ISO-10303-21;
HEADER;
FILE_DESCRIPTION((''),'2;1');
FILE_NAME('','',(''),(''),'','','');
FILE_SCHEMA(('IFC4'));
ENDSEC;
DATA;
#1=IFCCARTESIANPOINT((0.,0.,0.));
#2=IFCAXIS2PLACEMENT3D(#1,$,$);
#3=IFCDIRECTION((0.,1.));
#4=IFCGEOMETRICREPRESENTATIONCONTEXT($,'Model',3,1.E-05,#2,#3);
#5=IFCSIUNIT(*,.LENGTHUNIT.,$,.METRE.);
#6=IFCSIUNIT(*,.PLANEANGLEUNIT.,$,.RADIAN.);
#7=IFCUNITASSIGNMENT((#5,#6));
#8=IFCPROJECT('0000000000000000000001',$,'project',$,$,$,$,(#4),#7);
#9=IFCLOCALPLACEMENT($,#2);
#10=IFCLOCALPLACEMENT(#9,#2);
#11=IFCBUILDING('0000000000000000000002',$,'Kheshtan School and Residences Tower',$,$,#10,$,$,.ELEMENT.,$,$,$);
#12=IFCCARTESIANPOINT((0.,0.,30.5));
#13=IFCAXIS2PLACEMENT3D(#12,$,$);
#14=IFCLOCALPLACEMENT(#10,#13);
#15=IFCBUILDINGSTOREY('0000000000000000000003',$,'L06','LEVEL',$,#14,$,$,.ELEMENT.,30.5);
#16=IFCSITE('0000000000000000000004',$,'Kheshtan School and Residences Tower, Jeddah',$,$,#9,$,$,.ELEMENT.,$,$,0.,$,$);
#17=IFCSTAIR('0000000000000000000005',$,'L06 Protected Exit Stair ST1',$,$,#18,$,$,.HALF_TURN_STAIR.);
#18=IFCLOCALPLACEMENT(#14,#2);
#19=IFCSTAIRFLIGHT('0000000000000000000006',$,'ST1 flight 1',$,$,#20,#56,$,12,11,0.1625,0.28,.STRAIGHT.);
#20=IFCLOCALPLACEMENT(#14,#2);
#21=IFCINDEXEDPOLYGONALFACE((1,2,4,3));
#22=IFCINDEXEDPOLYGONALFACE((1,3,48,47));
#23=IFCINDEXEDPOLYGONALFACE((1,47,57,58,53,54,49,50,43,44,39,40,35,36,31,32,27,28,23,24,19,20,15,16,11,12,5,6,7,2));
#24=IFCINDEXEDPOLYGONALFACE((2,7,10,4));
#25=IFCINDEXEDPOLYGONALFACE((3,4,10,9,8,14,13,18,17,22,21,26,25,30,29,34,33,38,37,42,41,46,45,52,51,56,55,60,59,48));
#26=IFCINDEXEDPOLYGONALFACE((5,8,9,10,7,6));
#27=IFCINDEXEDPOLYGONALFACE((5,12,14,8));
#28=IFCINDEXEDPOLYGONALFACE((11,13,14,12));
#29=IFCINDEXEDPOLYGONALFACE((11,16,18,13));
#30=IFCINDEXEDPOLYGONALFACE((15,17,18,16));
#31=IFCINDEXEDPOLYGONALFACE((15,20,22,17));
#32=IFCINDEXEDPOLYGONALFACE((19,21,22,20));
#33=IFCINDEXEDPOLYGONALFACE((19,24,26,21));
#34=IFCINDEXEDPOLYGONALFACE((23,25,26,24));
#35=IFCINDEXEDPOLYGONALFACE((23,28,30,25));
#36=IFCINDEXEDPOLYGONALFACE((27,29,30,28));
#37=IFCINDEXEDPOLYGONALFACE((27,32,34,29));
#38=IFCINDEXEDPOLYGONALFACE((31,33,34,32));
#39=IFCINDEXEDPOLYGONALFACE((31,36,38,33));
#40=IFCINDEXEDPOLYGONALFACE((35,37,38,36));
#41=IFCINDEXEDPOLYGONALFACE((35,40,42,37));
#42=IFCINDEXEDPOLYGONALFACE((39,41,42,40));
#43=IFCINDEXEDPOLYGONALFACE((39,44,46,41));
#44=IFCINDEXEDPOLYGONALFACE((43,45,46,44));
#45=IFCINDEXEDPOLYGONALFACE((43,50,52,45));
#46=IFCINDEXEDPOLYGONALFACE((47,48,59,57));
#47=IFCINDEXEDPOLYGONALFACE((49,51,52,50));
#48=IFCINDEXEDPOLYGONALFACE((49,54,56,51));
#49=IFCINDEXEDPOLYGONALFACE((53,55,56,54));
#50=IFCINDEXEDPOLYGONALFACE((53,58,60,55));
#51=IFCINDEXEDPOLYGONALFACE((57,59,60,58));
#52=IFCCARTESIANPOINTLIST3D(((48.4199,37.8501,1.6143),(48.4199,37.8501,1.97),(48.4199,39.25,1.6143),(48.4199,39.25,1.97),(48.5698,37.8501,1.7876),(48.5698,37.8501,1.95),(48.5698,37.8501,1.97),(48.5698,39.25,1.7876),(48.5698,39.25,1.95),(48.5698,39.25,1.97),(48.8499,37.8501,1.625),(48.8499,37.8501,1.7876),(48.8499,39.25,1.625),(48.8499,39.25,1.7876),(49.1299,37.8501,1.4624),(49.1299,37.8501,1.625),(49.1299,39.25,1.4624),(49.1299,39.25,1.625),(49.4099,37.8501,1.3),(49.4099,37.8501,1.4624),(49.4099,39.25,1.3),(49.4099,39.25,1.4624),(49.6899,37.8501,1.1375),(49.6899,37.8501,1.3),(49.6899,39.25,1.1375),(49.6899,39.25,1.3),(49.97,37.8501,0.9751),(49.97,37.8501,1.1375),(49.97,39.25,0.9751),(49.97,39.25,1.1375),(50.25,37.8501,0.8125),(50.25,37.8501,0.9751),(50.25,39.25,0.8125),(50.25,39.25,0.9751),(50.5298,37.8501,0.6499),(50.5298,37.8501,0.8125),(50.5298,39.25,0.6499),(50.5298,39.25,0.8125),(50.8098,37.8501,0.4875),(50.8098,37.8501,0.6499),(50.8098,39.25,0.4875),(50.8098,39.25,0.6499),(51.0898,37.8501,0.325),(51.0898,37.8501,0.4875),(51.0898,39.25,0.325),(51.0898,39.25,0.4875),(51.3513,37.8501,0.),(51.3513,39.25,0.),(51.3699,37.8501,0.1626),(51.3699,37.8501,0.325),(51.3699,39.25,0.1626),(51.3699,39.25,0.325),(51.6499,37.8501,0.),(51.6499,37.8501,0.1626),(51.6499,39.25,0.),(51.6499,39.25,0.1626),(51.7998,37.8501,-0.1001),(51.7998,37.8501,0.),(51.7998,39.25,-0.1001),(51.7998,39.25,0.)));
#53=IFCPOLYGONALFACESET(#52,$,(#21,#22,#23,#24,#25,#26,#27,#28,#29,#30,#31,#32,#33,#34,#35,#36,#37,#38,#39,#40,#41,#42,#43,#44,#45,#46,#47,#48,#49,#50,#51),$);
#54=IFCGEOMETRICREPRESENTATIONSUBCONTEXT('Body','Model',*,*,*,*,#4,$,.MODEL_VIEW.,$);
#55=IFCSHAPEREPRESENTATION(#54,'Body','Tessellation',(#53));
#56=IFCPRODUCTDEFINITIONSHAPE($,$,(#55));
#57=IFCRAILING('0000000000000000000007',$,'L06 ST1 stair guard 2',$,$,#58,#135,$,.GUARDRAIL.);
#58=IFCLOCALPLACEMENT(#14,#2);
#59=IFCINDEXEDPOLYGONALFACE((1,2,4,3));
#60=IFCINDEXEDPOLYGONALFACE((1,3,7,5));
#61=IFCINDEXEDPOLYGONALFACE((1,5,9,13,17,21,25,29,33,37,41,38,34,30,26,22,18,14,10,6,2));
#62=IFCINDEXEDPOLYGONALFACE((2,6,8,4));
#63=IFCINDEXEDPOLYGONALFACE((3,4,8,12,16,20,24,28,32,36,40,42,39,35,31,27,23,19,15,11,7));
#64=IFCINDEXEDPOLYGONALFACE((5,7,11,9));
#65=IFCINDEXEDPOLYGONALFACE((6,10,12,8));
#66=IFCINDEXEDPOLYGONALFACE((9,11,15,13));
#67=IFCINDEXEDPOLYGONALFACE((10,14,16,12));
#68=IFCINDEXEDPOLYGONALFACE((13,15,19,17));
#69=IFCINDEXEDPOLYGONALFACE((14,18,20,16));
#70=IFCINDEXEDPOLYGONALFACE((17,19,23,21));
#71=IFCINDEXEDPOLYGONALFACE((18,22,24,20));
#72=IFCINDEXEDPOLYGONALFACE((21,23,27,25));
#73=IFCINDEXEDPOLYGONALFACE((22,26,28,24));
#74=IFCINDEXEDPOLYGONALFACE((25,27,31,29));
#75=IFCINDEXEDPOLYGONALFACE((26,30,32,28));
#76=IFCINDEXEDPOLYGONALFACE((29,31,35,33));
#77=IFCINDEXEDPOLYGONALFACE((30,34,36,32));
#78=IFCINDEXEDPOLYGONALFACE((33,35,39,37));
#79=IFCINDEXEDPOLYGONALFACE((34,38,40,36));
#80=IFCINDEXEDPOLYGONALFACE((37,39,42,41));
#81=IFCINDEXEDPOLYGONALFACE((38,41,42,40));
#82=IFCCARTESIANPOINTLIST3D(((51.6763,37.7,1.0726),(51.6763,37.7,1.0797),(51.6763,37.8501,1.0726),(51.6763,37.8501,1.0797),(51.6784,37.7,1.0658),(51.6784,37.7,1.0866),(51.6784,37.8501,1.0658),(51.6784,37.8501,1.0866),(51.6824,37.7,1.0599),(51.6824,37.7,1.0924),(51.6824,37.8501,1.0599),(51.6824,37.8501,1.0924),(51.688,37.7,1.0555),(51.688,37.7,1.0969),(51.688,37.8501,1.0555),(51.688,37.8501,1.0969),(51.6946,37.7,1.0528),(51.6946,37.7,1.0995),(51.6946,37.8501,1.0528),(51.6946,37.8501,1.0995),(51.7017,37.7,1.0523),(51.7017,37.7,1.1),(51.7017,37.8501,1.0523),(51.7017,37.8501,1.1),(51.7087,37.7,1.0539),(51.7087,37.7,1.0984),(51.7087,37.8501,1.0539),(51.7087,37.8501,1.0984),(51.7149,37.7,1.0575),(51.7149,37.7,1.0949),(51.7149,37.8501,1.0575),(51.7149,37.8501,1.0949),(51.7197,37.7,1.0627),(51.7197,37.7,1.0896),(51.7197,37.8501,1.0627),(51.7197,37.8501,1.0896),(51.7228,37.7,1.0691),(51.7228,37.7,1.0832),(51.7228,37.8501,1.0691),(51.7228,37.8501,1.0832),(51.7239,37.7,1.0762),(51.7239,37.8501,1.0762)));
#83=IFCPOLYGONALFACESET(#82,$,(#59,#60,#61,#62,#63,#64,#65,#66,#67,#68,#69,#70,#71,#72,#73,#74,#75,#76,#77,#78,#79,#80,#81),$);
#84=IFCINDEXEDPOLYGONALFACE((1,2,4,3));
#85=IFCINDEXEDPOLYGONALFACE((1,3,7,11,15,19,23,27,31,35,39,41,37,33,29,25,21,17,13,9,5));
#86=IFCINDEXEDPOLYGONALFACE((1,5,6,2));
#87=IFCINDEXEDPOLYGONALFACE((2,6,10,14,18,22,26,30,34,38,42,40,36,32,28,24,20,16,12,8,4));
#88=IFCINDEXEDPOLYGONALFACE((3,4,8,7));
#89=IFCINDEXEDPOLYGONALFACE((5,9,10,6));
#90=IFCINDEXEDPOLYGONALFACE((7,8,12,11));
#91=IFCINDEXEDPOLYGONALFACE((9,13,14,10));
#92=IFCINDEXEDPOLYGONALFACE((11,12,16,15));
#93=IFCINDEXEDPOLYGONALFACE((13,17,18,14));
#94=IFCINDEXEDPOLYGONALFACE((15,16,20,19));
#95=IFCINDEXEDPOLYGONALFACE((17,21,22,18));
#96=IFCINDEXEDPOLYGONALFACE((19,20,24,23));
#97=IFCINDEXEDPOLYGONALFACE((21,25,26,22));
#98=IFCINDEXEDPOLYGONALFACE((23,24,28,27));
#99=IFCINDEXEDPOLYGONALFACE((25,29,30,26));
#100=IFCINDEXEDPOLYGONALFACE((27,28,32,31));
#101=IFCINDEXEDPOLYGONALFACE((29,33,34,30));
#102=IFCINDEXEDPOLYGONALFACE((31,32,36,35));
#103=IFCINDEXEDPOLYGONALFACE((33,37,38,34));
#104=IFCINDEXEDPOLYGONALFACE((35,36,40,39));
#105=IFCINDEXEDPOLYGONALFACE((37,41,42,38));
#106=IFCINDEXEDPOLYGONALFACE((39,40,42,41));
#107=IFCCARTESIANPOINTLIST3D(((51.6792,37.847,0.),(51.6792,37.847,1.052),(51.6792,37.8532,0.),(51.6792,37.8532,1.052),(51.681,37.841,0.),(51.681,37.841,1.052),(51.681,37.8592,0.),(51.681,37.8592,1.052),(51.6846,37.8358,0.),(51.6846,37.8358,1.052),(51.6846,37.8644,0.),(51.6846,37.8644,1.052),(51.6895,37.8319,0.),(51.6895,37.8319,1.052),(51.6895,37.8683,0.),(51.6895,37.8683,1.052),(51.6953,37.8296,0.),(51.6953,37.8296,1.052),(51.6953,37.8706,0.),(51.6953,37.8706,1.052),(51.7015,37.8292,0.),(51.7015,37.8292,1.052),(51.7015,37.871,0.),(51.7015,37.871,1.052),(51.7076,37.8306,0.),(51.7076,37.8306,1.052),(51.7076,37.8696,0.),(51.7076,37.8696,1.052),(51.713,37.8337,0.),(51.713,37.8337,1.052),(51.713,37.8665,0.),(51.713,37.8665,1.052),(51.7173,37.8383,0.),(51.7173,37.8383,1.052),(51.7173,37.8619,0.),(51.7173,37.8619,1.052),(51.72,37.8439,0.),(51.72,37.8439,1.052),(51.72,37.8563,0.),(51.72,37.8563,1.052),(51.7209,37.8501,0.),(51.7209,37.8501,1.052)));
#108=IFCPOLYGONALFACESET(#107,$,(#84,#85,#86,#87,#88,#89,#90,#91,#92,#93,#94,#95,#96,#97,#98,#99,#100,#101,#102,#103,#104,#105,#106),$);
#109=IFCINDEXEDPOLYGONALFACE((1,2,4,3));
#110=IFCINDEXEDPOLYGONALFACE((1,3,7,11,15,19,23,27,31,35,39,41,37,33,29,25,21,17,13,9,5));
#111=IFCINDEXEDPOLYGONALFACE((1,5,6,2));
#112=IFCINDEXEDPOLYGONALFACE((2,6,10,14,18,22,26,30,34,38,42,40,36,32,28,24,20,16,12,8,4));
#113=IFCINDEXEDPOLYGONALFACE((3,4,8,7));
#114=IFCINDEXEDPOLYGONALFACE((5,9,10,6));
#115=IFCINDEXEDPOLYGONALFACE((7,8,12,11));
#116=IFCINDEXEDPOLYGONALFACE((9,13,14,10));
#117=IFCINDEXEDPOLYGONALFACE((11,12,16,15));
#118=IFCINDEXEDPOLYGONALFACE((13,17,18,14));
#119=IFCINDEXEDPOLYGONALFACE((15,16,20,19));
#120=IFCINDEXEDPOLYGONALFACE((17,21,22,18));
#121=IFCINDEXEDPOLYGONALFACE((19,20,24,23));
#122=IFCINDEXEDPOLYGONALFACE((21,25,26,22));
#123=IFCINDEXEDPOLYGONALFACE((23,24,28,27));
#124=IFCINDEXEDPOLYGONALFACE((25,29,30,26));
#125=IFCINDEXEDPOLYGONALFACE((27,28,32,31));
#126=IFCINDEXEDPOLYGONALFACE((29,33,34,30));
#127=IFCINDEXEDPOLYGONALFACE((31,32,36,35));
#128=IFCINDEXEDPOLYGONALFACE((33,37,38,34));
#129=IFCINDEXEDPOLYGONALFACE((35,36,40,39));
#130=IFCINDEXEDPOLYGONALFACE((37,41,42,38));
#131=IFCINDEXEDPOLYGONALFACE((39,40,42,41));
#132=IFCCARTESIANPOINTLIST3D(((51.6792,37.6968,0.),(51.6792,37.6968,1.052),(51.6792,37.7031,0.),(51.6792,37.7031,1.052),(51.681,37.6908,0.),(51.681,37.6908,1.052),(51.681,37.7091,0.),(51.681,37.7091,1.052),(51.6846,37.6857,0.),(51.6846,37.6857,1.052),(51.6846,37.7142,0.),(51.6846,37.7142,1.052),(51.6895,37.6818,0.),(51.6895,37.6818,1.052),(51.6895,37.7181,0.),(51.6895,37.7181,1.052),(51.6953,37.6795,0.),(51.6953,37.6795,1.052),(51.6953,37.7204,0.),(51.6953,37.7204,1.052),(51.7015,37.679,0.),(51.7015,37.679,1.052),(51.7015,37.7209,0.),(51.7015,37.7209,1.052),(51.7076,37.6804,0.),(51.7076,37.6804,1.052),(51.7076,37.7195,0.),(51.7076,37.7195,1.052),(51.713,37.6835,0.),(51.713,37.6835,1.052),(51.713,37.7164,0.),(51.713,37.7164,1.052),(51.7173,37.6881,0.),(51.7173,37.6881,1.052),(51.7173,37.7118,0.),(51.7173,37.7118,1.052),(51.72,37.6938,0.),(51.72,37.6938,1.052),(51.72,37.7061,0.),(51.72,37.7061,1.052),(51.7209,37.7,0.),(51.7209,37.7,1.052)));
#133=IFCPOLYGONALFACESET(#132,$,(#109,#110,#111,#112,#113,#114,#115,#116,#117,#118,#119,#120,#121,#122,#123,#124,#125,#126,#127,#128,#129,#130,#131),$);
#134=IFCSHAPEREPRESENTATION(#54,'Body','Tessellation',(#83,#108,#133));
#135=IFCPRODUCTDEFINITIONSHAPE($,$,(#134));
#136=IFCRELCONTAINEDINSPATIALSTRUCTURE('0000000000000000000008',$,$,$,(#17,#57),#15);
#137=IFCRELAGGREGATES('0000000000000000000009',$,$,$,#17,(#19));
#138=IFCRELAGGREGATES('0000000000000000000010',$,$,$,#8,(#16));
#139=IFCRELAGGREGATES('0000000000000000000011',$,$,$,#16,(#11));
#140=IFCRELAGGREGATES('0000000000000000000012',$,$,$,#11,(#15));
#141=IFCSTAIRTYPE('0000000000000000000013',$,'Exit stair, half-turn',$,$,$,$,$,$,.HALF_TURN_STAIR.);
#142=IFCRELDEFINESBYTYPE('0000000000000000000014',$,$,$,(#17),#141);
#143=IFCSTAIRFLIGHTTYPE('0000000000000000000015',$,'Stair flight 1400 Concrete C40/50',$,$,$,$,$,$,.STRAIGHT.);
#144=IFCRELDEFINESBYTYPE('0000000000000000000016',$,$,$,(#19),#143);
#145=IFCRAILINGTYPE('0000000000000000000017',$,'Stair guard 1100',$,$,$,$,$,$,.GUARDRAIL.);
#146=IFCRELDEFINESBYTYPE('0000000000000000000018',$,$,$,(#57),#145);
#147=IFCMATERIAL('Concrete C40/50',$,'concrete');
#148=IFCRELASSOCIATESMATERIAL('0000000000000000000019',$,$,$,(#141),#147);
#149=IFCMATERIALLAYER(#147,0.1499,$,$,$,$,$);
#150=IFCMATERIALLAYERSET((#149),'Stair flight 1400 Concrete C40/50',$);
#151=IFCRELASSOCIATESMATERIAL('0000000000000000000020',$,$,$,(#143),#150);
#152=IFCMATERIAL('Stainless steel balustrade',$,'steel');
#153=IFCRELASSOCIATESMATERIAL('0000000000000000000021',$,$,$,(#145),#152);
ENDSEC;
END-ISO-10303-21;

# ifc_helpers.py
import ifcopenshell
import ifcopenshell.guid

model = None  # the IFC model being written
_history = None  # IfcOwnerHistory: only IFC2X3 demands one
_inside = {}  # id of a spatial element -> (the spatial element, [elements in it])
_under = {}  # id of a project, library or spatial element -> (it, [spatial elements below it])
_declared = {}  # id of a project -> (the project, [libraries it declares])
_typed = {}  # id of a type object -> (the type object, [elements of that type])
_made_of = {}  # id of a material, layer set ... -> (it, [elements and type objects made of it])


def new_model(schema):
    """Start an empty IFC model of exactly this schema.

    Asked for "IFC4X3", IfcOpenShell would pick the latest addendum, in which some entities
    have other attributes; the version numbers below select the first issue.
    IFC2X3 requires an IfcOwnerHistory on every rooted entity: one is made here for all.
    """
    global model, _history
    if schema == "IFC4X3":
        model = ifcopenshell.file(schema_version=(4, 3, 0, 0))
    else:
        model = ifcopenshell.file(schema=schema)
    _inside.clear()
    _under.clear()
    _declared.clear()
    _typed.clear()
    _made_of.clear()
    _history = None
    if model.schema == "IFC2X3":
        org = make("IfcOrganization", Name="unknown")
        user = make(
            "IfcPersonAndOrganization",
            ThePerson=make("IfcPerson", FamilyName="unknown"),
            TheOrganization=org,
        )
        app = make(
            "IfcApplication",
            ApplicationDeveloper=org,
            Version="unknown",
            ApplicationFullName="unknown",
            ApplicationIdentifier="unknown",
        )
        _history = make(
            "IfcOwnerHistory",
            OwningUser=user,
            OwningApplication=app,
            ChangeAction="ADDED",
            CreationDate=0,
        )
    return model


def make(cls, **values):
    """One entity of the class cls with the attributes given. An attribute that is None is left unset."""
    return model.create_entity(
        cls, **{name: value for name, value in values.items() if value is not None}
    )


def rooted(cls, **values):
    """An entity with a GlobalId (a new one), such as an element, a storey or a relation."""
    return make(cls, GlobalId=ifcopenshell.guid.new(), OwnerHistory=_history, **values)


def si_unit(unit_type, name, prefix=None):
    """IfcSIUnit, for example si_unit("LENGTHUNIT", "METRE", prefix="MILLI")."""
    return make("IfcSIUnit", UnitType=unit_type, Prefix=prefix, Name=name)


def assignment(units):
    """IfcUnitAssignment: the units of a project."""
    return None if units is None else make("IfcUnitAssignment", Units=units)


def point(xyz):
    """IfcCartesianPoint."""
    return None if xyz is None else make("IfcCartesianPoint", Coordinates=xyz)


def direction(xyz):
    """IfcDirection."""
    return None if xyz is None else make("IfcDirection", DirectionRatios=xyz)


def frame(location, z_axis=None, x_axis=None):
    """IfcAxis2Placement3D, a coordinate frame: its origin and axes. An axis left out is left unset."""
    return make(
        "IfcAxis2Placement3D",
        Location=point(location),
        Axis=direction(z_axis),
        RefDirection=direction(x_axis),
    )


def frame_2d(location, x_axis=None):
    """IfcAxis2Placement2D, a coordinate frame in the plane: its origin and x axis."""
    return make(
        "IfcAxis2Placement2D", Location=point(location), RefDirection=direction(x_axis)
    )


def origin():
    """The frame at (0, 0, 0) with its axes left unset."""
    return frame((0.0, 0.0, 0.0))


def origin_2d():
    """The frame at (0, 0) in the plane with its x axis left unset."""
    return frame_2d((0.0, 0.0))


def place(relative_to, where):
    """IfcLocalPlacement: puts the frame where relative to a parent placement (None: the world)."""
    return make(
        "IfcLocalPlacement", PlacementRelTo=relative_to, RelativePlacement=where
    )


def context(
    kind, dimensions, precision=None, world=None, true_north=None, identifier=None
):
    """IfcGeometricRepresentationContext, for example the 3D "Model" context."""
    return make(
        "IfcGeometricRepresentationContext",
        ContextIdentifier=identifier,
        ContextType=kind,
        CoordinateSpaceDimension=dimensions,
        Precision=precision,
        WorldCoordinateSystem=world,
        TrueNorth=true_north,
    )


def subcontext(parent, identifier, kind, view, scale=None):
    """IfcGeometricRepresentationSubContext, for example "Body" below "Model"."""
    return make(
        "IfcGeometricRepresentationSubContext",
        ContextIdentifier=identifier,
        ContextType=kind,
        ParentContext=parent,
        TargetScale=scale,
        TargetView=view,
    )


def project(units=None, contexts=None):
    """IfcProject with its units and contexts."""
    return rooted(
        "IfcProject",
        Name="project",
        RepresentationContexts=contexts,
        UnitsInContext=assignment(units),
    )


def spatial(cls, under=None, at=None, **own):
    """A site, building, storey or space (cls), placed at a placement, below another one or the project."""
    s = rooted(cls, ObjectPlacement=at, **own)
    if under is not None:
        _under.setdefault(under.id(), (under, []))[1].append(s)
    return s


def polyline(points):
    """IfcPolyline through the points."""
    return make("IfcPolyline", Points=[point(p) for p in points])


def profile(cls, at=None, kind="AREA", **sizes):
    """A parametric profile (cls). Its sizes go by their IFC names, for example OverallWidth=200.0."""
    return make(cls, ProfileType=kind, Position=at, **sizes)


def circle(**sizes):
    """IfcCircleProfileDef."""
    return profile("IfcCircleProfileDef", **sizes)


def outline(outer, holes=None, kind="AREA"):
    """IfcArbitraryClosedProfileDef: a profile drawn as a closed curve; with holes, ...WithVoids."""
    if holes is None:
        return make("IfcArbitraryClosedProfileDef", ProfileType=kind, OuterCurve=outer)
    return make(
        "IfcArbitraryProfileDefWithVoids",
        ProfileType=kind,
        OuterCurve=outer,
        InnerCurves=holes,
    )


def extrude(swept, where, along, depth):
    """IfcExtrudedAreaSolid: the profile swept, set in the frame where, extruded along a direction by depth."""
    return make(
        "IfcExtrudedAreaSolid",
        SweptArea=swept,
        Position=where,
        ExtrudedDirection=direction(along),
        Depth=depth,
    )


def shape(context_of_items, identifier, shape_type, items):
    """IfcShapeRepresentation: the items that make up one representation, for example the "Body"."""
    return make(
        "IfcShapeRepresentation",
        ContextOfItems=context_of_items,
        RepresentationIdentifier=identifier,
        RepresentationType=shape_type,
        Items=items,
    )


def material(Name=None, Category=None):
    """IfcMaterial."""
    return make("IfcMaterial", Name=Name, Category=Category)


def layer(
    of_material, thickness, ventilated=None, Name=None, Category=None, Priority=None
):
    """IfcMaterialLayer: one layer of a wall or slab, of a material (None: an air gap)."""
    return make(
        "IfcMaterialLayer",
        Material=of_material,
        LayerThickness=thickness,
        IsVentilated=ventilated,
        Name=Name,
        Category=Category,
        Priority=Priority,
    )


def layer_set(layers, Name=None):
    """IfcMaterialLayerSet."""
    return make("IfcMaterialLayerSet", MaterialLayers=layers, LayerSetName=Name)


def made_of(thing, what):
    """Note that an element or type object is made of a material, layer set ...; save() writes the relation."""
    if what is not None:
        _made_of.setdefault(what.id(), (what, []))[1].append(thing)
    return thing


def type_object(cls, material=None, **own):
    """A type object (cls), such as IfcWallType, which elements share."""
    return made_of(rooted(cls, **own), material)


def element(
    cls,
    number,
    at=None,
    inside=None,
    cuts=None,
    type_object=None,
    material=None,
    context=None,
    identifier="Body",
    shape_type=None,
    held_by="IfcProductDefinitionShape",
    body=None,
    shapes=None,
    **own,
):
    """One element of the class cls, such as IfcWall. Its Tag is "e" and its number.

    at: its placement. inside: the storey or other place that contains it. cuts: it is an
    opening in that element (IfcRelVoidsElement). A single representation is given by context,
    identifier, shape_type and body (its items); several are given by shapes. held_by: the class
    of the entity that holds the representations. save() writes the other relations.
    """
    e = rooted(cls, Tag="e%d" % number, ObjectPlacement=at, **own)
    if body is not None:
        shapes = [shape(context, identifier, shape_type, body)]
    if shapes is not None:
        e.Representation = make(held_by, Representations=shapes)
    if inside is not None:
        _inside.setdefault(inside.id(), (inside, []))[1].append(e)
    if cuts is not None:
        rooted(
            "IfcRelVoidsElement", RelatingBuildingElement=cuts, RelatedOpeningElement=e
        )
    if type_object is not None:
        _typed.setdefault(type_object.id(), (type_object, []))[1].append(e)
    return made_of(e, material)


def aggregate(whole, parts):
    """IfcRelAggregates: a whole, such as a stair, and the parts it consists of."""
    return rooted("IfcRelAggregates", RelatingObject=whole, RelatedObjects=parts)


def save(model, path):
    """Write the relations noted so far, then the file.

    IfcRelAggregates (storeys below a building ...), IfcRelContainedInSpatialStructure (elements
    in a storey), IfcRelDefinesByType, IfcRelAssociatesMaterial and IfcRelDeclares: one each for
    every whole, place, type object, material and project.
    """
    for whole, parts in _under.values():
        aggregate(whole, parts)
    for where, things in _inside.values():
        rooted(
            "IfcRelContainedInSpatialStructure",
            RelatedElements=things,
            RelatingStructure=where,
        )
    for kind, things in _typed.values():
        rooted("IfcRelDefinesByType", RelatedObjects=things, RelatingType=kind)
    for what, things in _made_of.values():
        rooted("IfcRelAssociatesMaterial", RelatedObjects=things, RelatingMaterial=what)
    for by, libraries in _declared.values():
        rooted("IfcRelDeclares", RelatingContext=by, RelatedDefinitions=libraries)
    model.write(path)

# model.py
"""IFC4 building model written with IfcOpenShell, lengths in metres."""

from ifc_helpers import new_model, si_unit, direction, frame, origin, origin_2d, place, context, subcontext, project, spatial, polyline, circle, outline, extrude, material, layer, layer_set, type_object, element, aggregate, save


model = new_model("IFC4")

# Units and contexts
model_context = context("Model", 3, precision=1e-05, world=origin(), true_north=direction((0.0, 1.0)))
body_context = subcontext(model_context, "Body", "Model", "MODEL_VIEW")
ifc_project = project(units=[si_unit("LENGTHUNIT", "METRE"), si_unit("PLANEANGLEUNIT", "RADIAN")], contexts=[model_context])

# Site, building, storey
site_placement = place(None, origin())
site = spatial("IfcSite", under=ifc_project, at=site_placement, Name="Kheshtan School and Residences Tower, Jeddah", CompositionType="ELEMENT", RefElevation=0.0)
building_placement = place(site_placement, origin())
building = spatial("IfcBuilding", under=site, at=building_placement, Name="Kheshtan School and Residences Tower", CompositionType="ELEMENT")
storey_placement = place(building_placement, frame((0.0, 0.0, 30.5)))
storey = spatial("IfcBuildingStorey", under=building, at=storey_placement, Name="L06", Description="LEVEL", CompositionType="ELEMENT", Elevation=30.5)

# Shared definitions
ifc_material_1 = material(Name="Concrete C40/50", Category="concrete")

# Stair, stair flight
stair_type = type_object("IfcStairType", Name="Exit stair, half-turn", PredefinedType="HALF_TURN_STAIR", material=ifc_material_1)
stair_placement = place(storey_placement, origin())
stair = element("IfcStair", 1, at=stair_placement, inside=storey, type_object=stair_type, Name="L06 Protected Exit Stair ST1", PredefinedType="HALF_TURN_STAIR")
ifc_layer_1 = layer(ifc_material_1, 0.1499)
ifc_layer_set_1 = layer_set([ifc_layer_1], Name="Stair flight 1400 Concrete C40/50")
stair_flight_type = type_object("IfcStairFlightType", Name="Stair flight 1400 Concrete C40/50", PredefinedType="STRAIGHT", material=ifc_layer_set_1)
stair_flight_placement = place(storey_placement, frame((51.6499, 38.55, 0.0), z_axis=(0.0, 0.0, 1.0), x_axis=(-1.0, 0.0, 0.0)))
stair_flight = element("IfcStairFlight", 2, at=stair_flight_placement, type_object=stair_flight_type, Name="ST1 flight 1", NumberOfRisers=12, NumberOfTreads=11, PredefinedType="STRAIGHT", RiserHeight=0.1625, TreadLength=0.28, context=body_context, shape_type="SweptSolid", body=[
    extrude(outline(polyline([(-0.1499, -0.1001), (-0.1499, 0.0), (0.0, 0.0), (0.0, 0.1626), (0.28, 0.1626), (0.28, 0.325), (0.5601, 0.325), (0.5601, 0.4875), (0.8401, 0.4875), (0.8401, 0.6499), (1.1201, 0.6499), (1.1201, 0.8125), (1.3999, 0.8125), (1.3999, 0.9751), (1.6799, 0.9751), (1.6799, 1.1375), (1.96, 1.1375), (1.96, 1.3), (2.24, 1.3), (2.24, 1.4624), (2.52, 1.4624), (2.52, 1.625), (2.8, 1.625), (2.8, 1.7876), (3.0801, 1.7876), (3.0801, 1.95), (3.0801, 1.97), (3.23, 1.97), (3.23, 1.6143), (0.2986, 0.0), (-0.1499, -0.1001)])), frame((0.0, 0.7, 0.0), z_axis=(0.0, -1.0, 0.0), x_axis=(1.0, 0.0, 0.0)), (0.0, 0.0, 1.0), 1.3999),
])
aggregate(stair, [stair_flight])

# Railing
ifc_material_2 = material(Name="Stainless steel balustrade", Category="steel")
railing_type_1 = type_object("IfcRailingType", Name="Stair guard 1100", PredefinedType="GUARDRAIL", material=ifc_material_2)
railing_1_placement = place(storey_placement, frame((51.7, 37.8501, 0.0)))
element("IfcRailing", 3, at=railing_1_placement, inside=storey, type_object=railing_type_1, Name="L06 ST1 stair guard 2", PredefinedType="GUARDRAIL", context=body_context, shape_type="SweptSolid", body=[
    extrude(circle(Radius=0.0239, at=origin_2d()), frame((0.0, 0.0, 1.0762), z_axis=(0.0, -1.0, 0.0), x_axis=(1.0, 0.0, 0.0)), (0.0, 0.0, 1.0), 0.1501),
    extrude(circle(Radius=0.021, at=origin_2d()), origin(), (0.0, 0.0, 1.0), 1.052),
    extrude(circle(Radius=0.021, at=origin_2d()), frame((0.0, -0.1501, 0.0)), (0.0, 0.0, 1.0), 1.052),
])

save(model, "model.ifc")
